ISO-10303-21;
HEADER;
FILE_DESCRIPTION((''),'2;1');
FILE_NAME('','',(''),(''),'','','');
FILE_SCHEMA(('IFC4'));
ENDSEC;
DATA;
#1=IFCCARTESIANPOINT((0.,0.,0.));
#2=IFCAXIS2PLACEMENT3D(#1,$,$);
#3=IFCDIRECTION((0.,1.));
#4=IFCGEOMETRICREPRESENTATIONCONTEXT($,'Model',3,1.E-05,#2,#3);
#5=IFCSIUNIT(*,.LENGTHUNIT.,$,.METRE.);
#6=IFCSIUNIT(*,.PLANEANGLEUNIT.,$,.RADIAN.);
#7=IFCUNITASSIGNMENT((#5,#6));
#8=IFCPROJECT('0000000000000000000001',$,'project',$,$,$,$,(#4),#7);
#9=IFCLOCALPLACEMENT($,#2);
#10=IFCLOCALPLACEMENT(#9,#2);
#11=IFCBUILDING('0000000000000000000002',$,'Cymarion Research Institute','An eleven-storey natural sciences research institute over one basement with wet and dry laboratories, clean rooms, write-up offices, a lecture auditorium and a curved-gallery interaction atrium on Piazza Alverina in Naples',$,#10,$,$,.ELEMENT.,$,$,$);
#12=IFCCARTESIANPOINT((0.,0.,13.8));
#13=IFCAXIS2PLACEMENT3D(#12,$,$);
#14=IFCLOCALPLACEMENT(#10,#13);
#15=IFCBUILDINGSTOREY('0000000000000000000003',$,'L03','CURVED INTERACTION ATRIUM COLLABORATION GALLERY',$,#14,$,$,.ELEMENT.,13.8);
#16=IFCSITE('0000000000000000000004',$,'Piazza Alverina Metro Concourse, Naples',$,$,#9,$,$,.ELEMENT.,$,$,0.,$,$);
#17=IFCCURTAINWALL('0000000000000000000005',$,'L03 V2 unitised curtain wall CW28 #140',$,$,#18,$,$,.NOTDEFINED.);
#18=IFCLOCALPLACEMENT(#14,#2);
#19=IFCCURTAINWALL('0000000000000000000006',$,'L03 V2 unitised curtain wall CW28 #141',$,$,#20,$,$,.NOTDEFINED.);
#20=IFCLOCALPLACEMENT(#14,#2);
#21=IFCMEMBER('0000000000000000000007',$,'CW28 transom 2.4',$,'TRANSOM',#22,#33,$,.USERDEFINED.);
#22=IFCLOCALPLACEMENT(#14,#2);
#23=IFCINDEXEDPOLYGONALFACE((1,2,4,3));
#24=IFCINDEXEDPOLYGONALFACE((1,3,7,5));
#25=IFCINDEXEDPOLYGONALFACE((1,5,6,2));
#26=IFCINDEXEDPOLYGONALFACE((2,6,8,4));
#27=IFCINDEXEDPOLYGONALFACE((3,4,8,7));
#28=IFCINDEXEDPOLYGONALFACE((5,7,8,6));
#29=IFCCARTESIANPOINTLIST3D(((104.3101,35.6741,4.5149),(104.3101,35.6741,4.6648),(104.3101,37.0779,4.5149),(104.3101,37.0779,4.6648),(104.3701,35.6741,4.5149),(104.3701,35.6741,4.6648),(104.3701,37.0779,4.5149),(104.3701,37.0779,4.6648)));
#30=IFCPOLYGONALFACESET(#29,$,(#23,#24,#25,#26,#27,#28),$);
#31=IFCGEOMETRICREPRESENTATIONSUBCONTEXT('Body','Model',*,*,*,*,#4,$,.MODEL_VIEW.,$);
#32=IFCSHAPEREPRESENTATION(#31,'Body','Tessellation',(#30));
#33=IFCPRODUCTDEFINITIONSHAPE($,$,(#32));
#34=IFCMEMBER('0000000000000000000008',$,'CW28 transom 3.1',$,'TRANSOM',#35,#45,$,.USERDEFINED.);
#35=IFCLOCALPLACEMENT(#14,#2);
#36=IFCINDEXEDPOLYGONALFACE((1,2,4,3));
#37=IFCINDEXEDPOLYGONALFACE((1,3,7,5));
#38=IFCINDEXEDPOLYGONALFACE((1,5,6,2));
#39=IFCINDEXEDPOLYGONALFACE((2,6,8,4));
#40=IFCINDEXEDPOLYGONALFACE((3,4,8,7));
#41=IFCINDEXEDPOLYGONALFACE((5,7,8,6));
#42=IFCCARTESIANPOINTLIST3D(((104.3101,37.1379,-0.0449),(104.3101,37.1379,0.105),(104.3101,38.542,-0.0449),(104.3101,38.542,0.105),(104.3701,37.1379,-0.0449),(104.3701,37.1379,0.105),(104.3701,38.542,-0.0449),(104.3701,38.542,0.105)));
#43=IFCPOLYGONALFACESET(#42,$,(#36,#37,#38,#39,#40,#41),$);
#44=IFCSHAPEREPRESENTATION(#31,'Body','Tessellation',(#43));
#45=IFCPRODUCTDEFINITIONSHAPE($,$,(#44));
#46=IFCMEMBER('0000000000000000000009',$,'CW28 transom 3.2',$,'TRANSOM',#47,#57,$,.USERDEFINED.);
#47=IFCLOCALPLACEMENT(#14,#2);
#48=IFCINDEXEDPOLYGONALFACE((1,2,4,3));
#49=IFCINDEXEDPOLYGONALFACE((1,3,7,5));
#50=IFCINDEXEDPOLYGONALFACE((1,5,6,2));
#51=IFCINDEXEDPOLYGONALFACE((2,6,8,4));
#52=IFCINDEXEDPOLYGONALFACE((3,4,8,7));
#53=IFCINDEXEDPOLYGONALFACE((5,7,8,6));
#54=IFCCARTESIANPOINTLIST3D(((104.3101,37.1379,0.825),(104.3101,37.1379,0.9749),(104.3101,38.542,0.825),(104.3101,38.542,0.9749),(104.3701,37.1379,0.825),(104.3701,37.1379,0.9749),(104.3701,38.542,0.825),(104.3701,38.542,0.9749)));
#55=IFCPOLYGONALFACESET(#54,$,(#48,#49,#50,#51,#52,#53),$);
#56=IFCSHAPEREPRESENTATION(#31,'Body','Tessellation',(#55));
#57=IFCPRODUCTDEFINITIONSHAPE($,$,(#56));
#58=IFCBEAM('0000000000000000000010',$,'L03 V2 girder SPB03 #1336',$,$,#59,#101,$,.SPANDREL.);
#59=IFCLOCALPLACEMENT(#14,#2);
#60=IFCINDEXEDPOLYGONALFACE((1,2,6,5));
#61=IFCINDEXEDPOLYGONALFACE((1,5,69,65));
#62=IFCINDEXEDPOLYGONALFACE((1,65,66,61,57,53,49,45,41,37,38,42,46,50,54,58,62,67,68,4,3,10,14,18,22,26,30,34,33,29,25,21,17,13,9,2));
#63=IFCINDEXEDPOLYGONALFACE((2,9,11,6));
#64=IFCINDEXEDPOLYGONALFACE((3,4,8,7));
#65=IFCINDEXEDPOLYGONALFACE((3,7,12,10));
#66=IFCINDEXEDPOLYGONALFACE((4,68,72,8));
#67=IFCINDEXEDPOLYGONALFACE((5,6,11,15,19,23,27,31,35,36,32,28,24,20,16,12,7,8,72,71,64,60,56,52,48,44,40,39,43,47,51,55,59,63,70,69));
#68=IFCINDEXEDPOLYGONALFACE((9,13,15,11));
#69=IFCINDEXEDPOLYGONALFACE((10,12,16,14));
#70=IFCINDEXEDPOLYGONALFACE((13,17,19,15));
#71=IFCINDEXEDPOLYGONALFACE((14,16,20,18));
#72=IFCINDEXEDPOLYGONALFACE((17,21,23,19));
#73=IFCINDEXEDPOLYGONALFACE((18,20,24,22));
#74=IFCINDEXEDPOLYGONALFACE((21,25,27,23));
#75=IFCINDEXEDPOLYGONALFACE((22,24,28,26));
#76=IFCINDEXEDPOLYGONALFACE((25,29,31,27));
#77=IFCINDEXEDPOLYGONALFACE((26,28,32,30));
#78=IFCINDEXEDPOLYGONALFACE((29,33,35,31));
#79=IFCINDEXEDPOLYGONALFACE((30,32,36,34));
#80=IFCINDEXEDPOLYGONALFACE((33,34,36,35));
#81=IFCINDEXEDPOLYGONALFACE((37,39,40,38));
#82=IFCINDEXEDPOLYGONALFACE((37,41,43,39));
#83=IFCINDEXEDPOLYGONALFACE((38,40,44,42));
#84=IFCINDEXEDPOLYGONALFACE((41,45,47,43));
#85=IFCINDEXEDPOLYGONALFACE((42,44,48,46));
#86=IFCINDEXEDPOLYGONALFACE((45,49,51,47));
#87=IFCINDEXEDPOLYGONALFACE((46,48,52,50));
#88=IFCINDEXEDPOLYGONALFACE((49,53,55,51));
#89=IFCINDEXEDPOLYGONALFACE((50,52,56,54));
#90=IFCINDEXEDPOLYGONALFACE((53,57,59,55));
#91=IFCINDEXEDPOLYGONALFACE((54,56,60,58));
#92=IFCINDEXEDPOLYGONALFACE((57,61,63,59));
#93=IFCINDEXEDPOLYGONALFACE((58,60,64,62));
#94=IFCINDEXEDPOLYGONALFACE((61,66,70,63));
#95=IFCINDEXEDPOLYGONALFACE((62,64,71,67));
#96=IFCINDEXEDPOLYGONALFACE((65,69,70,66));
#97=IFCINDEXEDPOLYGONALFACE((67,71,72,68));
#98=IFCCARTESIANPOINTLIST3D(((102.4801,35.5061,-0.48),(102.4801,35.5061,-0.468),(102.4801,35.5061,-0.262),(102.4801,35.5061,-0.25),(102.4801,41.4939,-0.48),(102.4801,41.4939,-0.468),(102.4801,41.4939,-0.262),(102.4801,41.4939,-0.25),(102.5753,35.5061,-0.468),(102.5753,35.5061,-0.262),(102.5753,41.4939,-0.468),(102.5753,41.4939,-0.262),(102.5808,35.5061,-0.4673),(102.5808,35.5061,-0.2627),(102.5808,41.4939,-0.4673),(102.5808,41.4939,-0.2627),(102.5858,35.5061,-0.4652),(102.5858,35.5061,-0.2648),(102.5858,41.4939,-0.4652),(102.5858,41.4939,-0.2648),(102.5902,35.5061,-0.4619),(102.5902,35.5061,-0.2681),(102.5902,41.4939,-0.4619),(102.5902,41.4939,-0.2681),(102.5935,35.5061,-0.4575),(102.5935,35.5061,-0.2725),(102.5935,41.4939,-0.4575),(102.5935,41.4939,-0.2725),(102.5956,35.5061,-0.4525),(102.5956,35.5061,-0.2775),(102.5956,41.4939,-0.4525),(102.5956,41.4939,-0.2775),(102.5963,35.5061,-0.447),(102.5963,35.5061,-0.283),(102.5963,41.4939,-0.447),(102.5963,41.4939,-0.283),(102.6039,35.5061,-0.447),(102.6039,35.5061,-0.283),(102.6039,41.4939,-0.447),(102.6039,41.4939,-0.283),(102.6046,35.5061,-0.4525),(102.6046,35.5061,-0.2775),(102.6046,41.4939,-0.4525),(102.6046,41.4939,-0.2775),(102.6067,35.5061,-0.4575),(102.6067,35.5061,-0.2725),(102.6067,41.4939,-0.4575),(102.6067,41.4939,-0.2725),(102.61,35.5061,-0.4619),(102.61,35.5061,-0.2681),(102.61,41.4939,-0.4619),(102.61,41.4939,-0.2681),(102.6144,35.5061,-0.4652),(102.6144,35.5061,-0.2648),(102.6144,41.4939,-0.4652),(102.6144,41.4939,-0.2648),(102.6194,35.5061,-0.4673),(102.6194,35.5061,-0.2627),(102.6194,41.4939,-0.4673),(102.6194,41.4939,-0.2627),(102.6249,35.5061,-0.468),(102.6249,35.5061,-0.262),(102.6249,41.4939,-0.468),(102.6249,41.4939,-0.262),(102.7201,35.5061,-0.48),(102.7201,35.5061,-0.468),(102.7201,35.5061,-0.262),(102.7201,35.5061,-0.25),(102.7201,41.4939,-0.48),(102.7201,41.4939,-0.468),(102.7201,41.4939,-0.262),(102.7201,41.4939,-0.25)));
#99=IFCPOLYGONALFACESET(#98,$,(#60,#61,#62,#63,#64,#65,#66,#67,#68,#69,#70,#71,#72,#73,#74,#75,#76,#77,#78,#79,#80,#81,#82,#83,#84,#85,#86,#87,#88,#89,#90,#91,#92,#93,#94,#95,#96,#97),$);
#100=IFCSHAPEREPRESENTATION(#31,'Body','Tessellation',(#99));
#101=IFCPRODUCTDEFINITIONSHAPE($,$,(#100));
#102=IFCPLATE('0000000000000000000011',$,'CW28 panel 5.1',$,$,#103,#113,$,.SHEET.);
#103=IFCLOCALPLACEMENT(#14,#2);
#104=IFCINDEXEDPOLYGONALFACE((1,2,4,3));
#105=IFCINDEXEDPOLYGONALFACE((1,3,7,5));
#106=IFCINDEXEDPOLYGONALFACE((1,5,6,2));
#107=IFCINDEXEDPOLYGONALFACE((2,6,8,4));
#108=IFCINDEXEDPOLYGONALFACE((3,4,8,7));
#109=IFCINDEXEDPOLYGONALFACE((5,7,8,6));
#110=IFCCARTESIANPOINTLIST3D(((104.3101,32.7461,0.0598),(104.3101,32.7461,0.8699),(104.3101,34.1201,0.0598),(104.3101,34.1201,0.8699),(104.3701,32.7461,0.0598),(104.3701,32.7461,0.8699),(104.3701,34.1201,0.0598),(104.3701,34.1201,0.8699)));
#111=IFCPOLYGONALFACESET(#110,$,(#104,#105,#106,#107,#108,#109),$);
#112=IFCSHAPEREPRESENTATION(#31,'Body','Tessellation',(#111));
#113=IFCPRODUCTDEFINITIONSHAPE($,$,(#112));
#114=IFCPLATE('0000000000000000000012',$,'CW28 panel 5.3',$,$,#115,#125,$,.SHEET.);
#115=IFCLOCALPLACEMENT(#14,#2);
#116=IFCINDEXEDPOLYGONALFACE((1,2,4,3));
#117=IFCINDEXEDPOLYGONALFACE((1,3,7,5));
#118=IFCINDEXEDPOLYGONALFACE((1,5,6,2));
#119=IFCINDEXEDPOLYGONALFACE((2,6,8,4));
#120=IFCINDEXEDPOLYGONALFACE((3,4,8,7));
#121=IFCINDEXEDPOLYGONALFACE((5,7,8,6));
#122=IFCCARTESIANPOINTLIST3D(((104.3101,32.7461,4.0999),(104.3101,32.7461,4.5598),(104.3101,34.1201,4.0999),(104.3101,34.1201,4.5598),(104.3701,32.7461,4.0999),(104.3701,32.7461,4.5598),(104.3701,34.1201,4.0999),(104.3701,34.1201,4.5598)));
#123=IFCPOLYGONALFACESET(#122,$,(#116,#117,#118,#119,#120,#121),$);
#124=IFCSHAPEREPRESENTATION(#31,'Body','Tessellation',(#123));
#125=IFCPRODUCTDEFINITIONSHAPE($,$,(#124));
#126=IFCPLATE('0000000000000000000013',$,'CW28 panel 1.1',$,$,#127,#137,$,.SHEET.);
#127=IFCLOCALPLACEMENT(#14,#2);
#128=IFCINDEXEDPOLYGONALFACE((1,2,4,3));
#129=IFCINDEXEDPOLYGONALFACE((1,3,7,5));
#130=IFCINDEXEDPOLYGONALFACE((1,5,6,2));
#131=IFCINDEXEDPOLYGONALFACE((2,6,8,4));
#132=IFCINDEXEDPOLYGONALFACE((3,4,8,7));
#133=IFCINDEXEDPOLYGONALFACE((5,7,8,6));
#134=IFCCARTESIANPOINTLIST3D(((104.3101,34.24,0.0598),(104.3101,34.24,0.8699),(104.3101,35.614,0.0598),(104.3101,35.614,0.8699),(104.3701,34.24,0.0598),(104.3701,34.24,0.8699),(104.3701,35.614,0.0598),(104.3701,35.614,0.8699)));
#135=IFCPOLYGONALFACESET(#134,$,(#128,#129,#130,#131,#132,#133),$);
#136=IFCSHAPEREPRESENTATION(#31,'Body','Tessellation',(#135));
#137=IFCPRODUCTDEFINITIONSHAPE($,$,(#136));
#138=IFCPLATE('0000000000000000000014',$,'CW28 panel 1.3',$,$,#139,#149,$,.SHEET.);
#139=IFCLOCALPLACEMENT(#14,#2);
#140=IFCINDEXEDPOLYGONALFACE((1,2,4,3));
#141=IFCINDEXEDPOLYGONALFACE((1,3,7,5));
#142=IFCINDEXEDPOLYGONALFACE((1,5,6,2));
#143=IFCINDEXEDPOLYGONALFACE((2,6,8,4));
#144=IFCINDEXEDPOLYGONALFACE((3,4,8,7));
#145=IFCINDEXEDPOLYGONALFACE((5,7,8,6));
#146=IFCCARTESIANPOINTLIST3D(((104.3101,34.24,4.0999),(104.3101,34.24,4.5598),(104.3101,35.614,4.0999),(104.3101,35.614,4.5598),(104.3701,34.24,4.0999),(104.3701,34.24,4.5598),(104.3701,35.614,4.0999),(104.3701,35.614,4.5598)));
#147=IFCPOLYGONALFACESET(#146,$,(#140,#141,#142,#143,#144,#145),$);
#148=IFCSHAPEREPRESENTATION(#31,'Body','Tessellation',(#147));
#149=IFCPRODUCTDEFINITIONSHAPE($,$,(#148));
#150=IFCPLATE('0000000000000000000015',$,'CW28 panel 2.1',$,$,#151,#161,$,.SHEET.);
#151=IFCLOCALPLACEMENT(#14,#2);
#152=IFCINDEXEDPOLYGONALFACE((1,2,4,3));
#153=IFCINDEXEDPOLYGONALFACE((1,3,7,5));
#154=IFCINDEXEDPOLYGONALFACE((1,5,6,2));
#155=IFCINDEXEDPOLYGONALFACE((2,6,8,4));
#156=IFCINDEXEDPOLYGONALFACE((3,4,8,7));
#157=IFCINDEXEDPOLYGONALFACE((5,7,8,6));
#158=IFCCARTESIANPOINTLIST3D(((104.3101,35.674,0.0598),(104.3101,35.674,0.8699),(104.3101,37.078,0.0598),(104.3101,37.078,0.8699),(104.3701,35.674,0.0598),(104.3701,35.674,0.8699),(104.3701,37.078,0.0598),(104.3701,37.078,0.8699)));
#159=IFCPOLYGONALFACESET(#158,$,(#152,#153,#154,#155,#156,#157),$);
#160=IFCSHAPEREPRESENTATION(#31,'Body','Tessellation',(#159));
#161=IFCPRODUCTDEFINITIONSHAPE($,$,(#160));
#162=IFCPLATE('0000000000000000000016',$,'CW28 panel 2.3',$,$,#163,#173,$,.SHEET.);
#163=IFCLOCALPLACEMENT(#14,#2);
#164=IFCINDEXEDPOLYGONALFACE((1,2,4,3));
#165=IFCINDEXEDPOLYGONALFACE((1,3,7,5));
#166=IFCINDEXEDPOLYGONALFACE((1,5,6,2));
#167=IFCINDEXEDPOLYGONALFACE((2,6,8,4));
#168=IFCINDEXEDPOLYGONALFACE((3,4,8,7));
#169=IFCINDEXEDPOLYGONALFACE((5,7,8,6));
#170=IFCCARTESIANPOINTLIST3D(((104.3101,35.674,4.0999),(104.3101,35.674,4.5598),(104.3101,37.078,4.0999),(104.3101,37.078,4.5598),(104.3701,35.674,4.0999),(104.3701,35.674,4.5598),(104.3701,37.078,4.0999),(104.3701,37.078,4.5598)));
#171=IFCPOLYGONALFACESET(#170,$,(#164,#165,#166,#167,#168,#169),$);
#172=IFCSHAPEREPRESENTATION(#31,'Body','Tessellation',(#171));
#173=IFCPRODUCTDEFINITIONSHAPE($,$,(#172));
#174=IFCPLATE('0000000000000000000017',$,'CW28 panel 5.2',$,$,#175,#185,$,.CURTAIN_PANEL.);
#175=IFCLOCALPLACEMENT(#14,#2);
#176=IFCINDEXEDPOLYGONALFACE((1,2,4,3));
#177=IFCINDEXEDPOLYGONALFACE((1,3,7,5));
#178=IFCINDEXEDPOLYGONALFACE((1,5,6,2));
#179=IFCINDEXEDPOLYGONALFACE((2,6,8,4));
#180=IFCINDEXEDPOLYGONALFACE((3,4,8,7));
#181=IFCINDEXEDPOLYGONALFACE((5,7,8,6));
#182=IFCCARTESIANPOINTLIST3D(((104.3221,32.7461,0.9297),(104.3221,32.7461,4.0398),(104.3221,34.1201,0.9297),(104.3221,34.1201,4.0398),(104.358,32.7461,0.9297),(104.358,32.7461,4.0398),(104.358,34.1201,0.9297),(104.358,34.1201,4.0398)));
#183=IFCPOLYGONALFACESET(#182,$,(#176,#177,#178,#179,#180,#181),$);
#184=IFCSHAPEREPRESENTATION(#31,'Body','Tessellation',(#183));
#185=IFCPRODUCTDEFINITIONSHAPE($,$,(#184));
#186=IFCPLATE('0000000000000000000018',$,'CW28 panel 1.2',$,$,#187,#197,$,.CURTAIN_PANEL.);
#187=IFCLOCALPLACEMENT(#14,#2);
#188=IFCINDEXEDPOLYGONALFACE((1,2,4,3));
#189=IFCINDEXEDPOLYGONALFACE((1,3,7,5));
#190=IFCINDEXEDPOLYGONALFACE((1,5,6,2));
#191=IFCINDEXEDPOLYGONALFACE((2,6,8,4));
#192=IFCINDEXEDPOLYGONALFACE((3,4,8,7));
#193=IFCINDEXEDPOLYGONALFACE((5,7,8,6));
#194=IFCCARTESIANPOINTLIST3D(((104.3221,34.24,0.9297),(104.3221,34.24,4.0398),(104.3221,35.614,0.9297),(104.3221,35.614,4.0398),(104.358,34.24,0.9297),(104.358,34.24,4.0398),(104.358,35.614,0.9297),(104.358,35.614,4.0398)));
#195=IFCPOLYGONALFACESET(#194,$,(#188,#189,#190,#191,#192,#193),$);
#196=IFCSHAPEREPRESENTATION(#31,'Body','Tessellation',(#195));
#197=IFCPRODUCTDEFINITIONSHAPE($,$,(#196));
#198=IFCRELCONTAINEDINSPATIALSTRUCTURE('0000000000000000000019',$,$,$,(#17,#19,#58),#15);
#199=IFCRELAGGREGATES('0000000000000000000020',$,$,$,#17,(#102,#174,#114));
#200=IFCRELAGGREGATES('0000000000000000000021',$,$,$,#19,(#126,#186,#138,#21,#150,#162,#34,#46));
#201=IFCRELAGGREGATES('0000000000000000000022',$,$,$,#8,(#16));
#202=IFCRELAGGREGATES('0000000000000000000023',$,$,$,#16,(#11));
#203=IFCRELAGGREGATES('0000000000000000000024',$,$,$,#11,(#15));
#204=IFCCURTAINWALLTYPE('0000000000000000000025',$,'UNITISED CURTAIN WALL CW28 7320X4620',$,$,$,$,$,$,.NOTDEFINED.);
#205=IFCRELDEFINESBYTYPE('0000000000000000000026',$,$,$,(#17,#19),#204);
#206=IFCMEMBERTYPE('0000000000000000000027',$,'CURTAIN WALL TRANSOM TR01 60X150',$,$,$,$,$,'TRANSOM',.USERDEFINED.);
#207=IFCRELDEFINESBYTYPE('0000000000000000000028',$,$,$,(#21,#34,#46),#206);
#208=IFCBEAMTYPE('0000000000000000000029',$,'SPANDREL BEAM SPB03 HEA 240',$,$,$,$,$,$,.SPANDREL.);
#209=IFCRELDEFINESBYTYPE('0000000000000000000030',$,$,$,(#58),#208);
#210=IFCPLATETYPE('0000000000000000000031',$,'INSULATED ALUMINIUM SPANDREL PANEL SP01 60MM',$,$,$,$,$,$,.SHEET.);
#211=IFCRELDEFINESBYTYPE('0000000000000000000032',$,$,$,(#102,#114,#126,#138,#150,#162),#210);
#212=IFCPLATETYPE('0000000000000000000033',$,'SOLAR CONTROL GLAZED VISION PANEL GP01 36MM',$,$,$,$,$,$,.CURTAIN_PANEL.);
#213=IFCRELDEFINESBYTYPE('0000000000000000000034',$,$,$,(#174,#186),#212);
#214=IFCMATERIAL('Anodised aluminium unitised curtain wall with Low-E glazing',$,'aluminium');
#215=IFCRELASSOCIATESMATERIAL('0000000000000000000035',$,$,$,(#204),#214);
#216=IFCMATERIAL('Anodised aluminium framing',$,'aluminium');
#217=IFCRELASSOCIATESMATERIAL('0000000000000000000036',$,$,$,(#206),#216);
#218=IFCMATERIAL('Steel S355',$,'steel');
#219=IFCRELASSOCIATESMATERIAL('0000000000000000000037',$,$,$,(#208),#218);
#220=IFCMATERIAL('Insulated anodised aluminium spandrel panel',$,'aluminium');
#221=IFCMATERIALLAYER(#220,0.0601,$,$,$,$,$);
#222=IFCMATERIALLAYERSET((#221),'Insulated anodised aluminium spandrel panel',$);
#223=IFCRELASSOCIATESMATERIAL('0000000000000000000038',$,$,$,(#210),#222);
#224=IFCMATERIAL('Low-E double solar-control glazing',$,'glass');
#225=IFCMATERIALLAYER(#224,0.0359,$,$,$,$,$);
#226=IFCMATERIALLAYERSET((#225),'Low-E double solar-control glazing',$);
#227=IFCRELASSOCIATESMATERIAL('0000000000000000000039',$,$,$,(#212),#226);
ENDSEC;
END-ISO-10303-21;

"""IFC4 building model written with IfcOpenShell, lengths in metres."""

from ifc_helpers import new_model, si_unit, direction, frame, origin, origin_2d, place, context, subcontext, project, spatial, rectangle, i_section, extrude, material, layer, layer_set, material_profile, profile_set, type_object, element, aggregate, save


model = new_model("IFC4")

# Units and contexts
model_context = context("Model", 3, precision=1e-05, world=origin(), true_north=direction((0.0, 1.0)))
body_context = subcontext(model_context, "Body", "Model", "MODEL_VIEW")
ifc_project = project(units=[si_unit("LENGTHUNIT", "METRE"), si_unit("PLANEANGLEUNIT", "RADIAN")], contexts=[model_context])

# Site, building, storey
site_placement = place(None, origin())
site = spatial("IfcSite", under=ifc_project, at=site_placement, Name="Piazza Alverina Metro Concourse, Naples", CompositionType="ELEMENT", RefElevation=0.0)
building_placement = place(site_placement, origin())
building = spatial("IfcBuilding", under=site, at=building_placement, Name="Cymarion Research Institute", Description="An eleven-storey natural sciences research institute over one basement with wet and dry laboratories, clean rooms, write-up offices, a lecture auditorium and a curved-gallery interaction atrium on Piazza Alverina in Naples", CompositionType="ELEMENT")
storey_placement = place(building_placement, frame((0.0, 0.0, 13.8)))
storey = spatial("IfcBuildingStorey", under=building, at=storey_placement, Name="L03", Description="CURVED INTERACTION ATRIUM COLLABORATION GALLERY", CompositionType="ELEMENT", Elevation=13.8)

# Shared definitions
ifc_material_1 = material(Name="Steel S355", Category="steel")

# Curtain wall
ifc_material_2 = material(Name="Anodised aluminium unitised curtain wall with Low-E glazing", Category="aluminium")
curtain_wall_type = type_object("IfcCurtainWallType", Name="UNITISED CURTAIN WALL CW28 7320X4620", PredefinedType="NOTDEFINED", material=ifc_material_2)
curtain_wall_1_placement = place(storey_placement, origin())
curtain_wall_1 = element("IfcCurtainWall", 1, at=curtain_wall_1_placement, inside=storey, type_object=curtain_wall_type, Name="L03 V2 unitised curtain wall CW28 #140", PredefinedType="NOTDEFINED")
ifc_material_3 = material(Name="Anodised aluminium framing", Category="aluminium")

# Curtain wall, members
curtain_wall_2_placement = place(storey_placement, origin())
curtain_wall_2 = element("IfcCurtainWall", 2, at=curtain_wall_2_placement, inside=storey, type_object=curtain_wall_type, Name="L03 V2 unitised curtain wall CW28 #141", PredefinedType="NOTDEFINED")
ifc_material_profile_1 = material_profile(ifc_material_3, rectangle(XDim=0.0601, YDim=0.1499, at=origin_2d()), Name="ALU TRANSOM 60x150")
ifc_profile_set_1 = profile_set([ifc_material_profile_1], Name="Anodised aluminium framing")
member_type_1 = type_object("IfcMemberType", Name="CURTAIN WALL TRANSOM TR01 60X150", ElementType="TRANSOM", PredefinedType="USERDEFINED", material=ifc_profile_set_1)
member_1_placement = place(storey_placement, frame((104.3401, 35.6741, 4.5898), z_axis=(0.0, 1.0, 0.0), x_axis=(-1.0, 0.0, 0.0)))
member_1 = element("IfcMember", 3, at=member_1_placement, type_object=member_type_1, Name="CW28 transom 2.4", ObjectType="TRANSOM", PredefinedType="USERDEFINED", context=body_context, shape_type="SweptSolid", body=[
    extrude(rectangle(XDim=0.0601, YDim=0.1499, at=origin_2d()), origin(), (0.0, 0.0, 1.0), 1.4038),
])
member_2_placement = place(storey_placement, frame((104.3401, 37.1379, 0.03), z_axis=(0.0, 1.0, 0.0), x_axis=(-1.0, 0.0, 0.0)))
member_2 = element("IfcMember", 4, at=member_2_placement, type_object=member_type_1, Name="CW28 transom 3.1", ObjectType="TRANSOM", PredefinedType="USERDEFINED", context=body_context, shape_type="SweptSolid", body=[
    extrude(rectangle(XDim=0.0601, YDim=0.1499, at=origin_2d()), origin(), (0.0, 0.0, 1.0), 1.4041),
])
member_3_placement = place(storey_placement, frame((104.3401, 37.1379, 0.8999), z_axis=(0.0, 1.0, 0.0), x_axis=(-1.0, 0.0, 0.0)))
member_3 = element("IfcMember", 5, at=member_3_placement, type_object=member_type_1, Name="CW28 transom 3.2", ObjectType="TRANSOM", PredefinedType="USERDEFINED", context=body_context, shape_type="SweptSolid", body=[
    extrude(rectangle(XDim=0.0601, YDim=0.1499, at=origin_2d()), origin(), (0.0, 0.0, 1.0), 1.4041),
])

# Beam
ifc_material_profile_2 = material_profile(ifc_material_1, i_section(OverallWidth=0.24, OverallDepth=0.23, WebThickness=0.0076, FlangeThickness=0.012, FilletRadius=0.021, at=origin_2d()), Name="HEA 240")
ifc_profile_set_2 = profile_set([ifc_material_profile_2], Name="Steel S355")
beam_type = type_object("IfcBeamType", Name="SPANDREL BEAM SPB03 HEA 240", PredefinedType="SPANDREL", material=ifc_profile_set_2)
beam_placement = place(storey_placement, frame((102.6001, 35.5061, -0.365), z_axis=(0.0, 1.0, 0.0), x_axis=(-1.0, 0.0, 0.0)))
element("IfcBeam", 6, at=beam_placement, inside=storey, type_object=beam_type, Name="L03 V2 girder SPB03 #1336", PredefinedType="SPANDREL", context=body_context, shape_type="SweptSolid", body=[
    extrude(i_section(OverallWidth=0.24, OverallDepth=0.23, WebThickness=0.0076, FlangeThickness=0.012, FilletRadius=0.021, at=origin_2d()), origin(), (0.0, 0.0, 1.0), 5.9878),
])

# Plates
ifc_material_4 = material(Name="Insulated anodised aluminium spandrel panel", Category="aluminium")
ifc_layer_1 = layer(ifc_material_4, 0.0601)
ifc_layer_set_1 = layer_set([ifc_layer_1], Name="Insulated anodised aluminium spandrel panel")
plate_type_1 = type_object("IfcPlateType", Name="INSULATED ALUMINIUM SPANDREL PANEL SP01 60MM", PredefinedType="SHEET", material=ifc_layer_set_1)
plate_1_placement = place(storey_placement, frame((104.3401, 33.4331, 0.0598), z_axis=(0.0, 0.0, 1.0), x_axis=(0.0, 1.0, 0.0)))
plate_1 = element("IfcPlate", 7, at=plate_1_placement, type_object=plate_type_1, Name="CW28 panel 5.1", PredefinedType="SHEET", context=body_context, shape_type="SweptSolid", body=[
    extrude(rectangle(XDim=1.374, YDim=0.0601, at=origin_2d()), origin(), (0.0, 0.0, 1.0), 0.8101),
])
plate_2_placement = place(storey_placement, frame((104.3401, 33.4331, 4.0999), z_axis=(0.0, 0.0, 1.0), x_axis=(0.0, 1.0, 0.0)))
plate_2 = element("IfcPlate", 8, at=plate_2_placement, type_object=plate_type_1, Name="CW28 panel 5.3", PredefinedType="SHEET", context=body_context, shape_type="SweptSolid", body=[
    extrude(rectangle(XDim=1.374, YDim=0.0601, at=origin_2d()), origin(), (0.0, 0.0, 1.0), 0.46),
])
plate_3_placement = place(storey_placement, frame((104.3401, 34.927, 0.0598), z_axis=(0.0, 0.0, 1.0), x_axis=(0.0, 1.0, 0.0)))
plate_3 = element("IfcPlate", 9, at=plate_3_placement, type_object=plate_type_1, Name="CW28 panel 1.1", PredefinedType="SHEET", context=body_context, shape_type="SweptSolid", body=[
    extrude(rectangle(XDim=1.374, YDim=0.0601, at=origin_2d()), origin(), (0.0, 0.0, 1.0), 0.8101),
])
plate_4_placement = place(storey_placement, frame((104.3401, 34.927, 4.0999), z_axis=(0.0, 0.0, 1.0), x_axis=(0.0, 1.0, 0.0)))
plate_4 = element("IfcPlate", 10, at=plate_4_placement, type_object=plate_type_1, Name="CW28 panel 1.3", PredefinedType="SHEET", context=body_context, shape_type="SweptSolid", body=[
    extrude(rectangle(XDim=1.374, YDim=0.0601, at=origin_2d()), origin(), (0.0, 0.0, 1.0), 0.46),
])
plate_5_placement = place(storey_placement, frame((104.3401, 36.376, 0.0598), z_axis=(0.0, 0.0, 1.0), x_axis=(0.0, 1.0, 0.0)))
plate_5 = element("IfcPlate", 11, at=plate_5_placement, type_object=plate_type_1, Name="CW28 panel 2.1", PredefinedType="SHEET", context=body_context, shape_type="SweptSolid", body=[
    extrude(rectangle(XDim=1.4041, YDim=0.0601, at=origin_2d()), origin(), (0.0, 0.0, 1.0), 0.8101),
])
plate_6_placement = place(storey_placement, frame((104.3401, 36.376, 4.0999), z_axis=(0.0, 0.0, 1.0), x_axis=(0.0, 1.0, 0.0)))
plate_6 = element("IfcPlate", 12, at=plate_6_placement, type_object=plate_type_1, Name="CW28 panel 2.3", PredefinedType="SHEET", context=body_context, shape_type="SweptSolid", body=[
    extrude(rectangle(XDim=1.4041, YDim=0.0601, at=origin_2d()), origin(), (0.0, 0.0, 1.0), 0.46),
])
ifc_material_5 = material(Name="Low-E double solar-control glazing", Category="glass")
ifc_layer_2 = layer(ifc_material_5, 0.0359)
ifc_layer_set_2 = layer_set([ifc_layer_2], Name="Low-E double solar-control glazing")
plate_type_2 = type_object("IfcPlateType", Name="SOLAR CONTROL GLAZED VISION PANEL GP01 36MM", PredefinedType="CURTAIN_PANEL", material=ifc_layer_set_2)
plate_7_placement = place(storey_placement, frame((104.3401, 33.4331, 0.9297), z_axis=(0.0, 0.0, 1.0), x_axis=(0.0, 1.0, 0.0)))
plate_7 = element("IfcPlate", 13, at=plate_7_placement, type_object=plate_type_2, Name="CW28 panel 5.2", PredefinedType="CURTAIN_PANEL", context=body_context, shape_type="SweptSolid", body=[
    extrude(rectangle(XDim=1.374, YDim=0.0359, at=origin_2d()), origin(), (0.0, 0.0, 1.0), 3.1101),
])
aggregate(curtain_wall_1, [plate_1, plate_7, plate_2])
plate_8_placement = place(storey_placement, frame((104.3401, 34.927, 0.9297), z_axis=(0.0, 0.0, 1.0), x_axis=(0.0, 1.0, 0.0)))
plate_8 = element("IfcPlate", 14, at=plate_8_placement, type_object=plate_type_2, Name="CW28 panel 1.2", PredefinedType="CURTAIN_PANEL", context=body_context, shape_type="SweptSolid", body=[
    extrude(rectangle(XDim=1.374, YDim=0.0359, at=origin_2d()), origin(), (0.0, 0.0, 1.0), 3.1101),
])
aggregate(curtain_wall_2, [plate_3, plate_8, plate_4, member_1, plate_5, plate_6, member_2, member_3])

save(model, "model.ifc")
